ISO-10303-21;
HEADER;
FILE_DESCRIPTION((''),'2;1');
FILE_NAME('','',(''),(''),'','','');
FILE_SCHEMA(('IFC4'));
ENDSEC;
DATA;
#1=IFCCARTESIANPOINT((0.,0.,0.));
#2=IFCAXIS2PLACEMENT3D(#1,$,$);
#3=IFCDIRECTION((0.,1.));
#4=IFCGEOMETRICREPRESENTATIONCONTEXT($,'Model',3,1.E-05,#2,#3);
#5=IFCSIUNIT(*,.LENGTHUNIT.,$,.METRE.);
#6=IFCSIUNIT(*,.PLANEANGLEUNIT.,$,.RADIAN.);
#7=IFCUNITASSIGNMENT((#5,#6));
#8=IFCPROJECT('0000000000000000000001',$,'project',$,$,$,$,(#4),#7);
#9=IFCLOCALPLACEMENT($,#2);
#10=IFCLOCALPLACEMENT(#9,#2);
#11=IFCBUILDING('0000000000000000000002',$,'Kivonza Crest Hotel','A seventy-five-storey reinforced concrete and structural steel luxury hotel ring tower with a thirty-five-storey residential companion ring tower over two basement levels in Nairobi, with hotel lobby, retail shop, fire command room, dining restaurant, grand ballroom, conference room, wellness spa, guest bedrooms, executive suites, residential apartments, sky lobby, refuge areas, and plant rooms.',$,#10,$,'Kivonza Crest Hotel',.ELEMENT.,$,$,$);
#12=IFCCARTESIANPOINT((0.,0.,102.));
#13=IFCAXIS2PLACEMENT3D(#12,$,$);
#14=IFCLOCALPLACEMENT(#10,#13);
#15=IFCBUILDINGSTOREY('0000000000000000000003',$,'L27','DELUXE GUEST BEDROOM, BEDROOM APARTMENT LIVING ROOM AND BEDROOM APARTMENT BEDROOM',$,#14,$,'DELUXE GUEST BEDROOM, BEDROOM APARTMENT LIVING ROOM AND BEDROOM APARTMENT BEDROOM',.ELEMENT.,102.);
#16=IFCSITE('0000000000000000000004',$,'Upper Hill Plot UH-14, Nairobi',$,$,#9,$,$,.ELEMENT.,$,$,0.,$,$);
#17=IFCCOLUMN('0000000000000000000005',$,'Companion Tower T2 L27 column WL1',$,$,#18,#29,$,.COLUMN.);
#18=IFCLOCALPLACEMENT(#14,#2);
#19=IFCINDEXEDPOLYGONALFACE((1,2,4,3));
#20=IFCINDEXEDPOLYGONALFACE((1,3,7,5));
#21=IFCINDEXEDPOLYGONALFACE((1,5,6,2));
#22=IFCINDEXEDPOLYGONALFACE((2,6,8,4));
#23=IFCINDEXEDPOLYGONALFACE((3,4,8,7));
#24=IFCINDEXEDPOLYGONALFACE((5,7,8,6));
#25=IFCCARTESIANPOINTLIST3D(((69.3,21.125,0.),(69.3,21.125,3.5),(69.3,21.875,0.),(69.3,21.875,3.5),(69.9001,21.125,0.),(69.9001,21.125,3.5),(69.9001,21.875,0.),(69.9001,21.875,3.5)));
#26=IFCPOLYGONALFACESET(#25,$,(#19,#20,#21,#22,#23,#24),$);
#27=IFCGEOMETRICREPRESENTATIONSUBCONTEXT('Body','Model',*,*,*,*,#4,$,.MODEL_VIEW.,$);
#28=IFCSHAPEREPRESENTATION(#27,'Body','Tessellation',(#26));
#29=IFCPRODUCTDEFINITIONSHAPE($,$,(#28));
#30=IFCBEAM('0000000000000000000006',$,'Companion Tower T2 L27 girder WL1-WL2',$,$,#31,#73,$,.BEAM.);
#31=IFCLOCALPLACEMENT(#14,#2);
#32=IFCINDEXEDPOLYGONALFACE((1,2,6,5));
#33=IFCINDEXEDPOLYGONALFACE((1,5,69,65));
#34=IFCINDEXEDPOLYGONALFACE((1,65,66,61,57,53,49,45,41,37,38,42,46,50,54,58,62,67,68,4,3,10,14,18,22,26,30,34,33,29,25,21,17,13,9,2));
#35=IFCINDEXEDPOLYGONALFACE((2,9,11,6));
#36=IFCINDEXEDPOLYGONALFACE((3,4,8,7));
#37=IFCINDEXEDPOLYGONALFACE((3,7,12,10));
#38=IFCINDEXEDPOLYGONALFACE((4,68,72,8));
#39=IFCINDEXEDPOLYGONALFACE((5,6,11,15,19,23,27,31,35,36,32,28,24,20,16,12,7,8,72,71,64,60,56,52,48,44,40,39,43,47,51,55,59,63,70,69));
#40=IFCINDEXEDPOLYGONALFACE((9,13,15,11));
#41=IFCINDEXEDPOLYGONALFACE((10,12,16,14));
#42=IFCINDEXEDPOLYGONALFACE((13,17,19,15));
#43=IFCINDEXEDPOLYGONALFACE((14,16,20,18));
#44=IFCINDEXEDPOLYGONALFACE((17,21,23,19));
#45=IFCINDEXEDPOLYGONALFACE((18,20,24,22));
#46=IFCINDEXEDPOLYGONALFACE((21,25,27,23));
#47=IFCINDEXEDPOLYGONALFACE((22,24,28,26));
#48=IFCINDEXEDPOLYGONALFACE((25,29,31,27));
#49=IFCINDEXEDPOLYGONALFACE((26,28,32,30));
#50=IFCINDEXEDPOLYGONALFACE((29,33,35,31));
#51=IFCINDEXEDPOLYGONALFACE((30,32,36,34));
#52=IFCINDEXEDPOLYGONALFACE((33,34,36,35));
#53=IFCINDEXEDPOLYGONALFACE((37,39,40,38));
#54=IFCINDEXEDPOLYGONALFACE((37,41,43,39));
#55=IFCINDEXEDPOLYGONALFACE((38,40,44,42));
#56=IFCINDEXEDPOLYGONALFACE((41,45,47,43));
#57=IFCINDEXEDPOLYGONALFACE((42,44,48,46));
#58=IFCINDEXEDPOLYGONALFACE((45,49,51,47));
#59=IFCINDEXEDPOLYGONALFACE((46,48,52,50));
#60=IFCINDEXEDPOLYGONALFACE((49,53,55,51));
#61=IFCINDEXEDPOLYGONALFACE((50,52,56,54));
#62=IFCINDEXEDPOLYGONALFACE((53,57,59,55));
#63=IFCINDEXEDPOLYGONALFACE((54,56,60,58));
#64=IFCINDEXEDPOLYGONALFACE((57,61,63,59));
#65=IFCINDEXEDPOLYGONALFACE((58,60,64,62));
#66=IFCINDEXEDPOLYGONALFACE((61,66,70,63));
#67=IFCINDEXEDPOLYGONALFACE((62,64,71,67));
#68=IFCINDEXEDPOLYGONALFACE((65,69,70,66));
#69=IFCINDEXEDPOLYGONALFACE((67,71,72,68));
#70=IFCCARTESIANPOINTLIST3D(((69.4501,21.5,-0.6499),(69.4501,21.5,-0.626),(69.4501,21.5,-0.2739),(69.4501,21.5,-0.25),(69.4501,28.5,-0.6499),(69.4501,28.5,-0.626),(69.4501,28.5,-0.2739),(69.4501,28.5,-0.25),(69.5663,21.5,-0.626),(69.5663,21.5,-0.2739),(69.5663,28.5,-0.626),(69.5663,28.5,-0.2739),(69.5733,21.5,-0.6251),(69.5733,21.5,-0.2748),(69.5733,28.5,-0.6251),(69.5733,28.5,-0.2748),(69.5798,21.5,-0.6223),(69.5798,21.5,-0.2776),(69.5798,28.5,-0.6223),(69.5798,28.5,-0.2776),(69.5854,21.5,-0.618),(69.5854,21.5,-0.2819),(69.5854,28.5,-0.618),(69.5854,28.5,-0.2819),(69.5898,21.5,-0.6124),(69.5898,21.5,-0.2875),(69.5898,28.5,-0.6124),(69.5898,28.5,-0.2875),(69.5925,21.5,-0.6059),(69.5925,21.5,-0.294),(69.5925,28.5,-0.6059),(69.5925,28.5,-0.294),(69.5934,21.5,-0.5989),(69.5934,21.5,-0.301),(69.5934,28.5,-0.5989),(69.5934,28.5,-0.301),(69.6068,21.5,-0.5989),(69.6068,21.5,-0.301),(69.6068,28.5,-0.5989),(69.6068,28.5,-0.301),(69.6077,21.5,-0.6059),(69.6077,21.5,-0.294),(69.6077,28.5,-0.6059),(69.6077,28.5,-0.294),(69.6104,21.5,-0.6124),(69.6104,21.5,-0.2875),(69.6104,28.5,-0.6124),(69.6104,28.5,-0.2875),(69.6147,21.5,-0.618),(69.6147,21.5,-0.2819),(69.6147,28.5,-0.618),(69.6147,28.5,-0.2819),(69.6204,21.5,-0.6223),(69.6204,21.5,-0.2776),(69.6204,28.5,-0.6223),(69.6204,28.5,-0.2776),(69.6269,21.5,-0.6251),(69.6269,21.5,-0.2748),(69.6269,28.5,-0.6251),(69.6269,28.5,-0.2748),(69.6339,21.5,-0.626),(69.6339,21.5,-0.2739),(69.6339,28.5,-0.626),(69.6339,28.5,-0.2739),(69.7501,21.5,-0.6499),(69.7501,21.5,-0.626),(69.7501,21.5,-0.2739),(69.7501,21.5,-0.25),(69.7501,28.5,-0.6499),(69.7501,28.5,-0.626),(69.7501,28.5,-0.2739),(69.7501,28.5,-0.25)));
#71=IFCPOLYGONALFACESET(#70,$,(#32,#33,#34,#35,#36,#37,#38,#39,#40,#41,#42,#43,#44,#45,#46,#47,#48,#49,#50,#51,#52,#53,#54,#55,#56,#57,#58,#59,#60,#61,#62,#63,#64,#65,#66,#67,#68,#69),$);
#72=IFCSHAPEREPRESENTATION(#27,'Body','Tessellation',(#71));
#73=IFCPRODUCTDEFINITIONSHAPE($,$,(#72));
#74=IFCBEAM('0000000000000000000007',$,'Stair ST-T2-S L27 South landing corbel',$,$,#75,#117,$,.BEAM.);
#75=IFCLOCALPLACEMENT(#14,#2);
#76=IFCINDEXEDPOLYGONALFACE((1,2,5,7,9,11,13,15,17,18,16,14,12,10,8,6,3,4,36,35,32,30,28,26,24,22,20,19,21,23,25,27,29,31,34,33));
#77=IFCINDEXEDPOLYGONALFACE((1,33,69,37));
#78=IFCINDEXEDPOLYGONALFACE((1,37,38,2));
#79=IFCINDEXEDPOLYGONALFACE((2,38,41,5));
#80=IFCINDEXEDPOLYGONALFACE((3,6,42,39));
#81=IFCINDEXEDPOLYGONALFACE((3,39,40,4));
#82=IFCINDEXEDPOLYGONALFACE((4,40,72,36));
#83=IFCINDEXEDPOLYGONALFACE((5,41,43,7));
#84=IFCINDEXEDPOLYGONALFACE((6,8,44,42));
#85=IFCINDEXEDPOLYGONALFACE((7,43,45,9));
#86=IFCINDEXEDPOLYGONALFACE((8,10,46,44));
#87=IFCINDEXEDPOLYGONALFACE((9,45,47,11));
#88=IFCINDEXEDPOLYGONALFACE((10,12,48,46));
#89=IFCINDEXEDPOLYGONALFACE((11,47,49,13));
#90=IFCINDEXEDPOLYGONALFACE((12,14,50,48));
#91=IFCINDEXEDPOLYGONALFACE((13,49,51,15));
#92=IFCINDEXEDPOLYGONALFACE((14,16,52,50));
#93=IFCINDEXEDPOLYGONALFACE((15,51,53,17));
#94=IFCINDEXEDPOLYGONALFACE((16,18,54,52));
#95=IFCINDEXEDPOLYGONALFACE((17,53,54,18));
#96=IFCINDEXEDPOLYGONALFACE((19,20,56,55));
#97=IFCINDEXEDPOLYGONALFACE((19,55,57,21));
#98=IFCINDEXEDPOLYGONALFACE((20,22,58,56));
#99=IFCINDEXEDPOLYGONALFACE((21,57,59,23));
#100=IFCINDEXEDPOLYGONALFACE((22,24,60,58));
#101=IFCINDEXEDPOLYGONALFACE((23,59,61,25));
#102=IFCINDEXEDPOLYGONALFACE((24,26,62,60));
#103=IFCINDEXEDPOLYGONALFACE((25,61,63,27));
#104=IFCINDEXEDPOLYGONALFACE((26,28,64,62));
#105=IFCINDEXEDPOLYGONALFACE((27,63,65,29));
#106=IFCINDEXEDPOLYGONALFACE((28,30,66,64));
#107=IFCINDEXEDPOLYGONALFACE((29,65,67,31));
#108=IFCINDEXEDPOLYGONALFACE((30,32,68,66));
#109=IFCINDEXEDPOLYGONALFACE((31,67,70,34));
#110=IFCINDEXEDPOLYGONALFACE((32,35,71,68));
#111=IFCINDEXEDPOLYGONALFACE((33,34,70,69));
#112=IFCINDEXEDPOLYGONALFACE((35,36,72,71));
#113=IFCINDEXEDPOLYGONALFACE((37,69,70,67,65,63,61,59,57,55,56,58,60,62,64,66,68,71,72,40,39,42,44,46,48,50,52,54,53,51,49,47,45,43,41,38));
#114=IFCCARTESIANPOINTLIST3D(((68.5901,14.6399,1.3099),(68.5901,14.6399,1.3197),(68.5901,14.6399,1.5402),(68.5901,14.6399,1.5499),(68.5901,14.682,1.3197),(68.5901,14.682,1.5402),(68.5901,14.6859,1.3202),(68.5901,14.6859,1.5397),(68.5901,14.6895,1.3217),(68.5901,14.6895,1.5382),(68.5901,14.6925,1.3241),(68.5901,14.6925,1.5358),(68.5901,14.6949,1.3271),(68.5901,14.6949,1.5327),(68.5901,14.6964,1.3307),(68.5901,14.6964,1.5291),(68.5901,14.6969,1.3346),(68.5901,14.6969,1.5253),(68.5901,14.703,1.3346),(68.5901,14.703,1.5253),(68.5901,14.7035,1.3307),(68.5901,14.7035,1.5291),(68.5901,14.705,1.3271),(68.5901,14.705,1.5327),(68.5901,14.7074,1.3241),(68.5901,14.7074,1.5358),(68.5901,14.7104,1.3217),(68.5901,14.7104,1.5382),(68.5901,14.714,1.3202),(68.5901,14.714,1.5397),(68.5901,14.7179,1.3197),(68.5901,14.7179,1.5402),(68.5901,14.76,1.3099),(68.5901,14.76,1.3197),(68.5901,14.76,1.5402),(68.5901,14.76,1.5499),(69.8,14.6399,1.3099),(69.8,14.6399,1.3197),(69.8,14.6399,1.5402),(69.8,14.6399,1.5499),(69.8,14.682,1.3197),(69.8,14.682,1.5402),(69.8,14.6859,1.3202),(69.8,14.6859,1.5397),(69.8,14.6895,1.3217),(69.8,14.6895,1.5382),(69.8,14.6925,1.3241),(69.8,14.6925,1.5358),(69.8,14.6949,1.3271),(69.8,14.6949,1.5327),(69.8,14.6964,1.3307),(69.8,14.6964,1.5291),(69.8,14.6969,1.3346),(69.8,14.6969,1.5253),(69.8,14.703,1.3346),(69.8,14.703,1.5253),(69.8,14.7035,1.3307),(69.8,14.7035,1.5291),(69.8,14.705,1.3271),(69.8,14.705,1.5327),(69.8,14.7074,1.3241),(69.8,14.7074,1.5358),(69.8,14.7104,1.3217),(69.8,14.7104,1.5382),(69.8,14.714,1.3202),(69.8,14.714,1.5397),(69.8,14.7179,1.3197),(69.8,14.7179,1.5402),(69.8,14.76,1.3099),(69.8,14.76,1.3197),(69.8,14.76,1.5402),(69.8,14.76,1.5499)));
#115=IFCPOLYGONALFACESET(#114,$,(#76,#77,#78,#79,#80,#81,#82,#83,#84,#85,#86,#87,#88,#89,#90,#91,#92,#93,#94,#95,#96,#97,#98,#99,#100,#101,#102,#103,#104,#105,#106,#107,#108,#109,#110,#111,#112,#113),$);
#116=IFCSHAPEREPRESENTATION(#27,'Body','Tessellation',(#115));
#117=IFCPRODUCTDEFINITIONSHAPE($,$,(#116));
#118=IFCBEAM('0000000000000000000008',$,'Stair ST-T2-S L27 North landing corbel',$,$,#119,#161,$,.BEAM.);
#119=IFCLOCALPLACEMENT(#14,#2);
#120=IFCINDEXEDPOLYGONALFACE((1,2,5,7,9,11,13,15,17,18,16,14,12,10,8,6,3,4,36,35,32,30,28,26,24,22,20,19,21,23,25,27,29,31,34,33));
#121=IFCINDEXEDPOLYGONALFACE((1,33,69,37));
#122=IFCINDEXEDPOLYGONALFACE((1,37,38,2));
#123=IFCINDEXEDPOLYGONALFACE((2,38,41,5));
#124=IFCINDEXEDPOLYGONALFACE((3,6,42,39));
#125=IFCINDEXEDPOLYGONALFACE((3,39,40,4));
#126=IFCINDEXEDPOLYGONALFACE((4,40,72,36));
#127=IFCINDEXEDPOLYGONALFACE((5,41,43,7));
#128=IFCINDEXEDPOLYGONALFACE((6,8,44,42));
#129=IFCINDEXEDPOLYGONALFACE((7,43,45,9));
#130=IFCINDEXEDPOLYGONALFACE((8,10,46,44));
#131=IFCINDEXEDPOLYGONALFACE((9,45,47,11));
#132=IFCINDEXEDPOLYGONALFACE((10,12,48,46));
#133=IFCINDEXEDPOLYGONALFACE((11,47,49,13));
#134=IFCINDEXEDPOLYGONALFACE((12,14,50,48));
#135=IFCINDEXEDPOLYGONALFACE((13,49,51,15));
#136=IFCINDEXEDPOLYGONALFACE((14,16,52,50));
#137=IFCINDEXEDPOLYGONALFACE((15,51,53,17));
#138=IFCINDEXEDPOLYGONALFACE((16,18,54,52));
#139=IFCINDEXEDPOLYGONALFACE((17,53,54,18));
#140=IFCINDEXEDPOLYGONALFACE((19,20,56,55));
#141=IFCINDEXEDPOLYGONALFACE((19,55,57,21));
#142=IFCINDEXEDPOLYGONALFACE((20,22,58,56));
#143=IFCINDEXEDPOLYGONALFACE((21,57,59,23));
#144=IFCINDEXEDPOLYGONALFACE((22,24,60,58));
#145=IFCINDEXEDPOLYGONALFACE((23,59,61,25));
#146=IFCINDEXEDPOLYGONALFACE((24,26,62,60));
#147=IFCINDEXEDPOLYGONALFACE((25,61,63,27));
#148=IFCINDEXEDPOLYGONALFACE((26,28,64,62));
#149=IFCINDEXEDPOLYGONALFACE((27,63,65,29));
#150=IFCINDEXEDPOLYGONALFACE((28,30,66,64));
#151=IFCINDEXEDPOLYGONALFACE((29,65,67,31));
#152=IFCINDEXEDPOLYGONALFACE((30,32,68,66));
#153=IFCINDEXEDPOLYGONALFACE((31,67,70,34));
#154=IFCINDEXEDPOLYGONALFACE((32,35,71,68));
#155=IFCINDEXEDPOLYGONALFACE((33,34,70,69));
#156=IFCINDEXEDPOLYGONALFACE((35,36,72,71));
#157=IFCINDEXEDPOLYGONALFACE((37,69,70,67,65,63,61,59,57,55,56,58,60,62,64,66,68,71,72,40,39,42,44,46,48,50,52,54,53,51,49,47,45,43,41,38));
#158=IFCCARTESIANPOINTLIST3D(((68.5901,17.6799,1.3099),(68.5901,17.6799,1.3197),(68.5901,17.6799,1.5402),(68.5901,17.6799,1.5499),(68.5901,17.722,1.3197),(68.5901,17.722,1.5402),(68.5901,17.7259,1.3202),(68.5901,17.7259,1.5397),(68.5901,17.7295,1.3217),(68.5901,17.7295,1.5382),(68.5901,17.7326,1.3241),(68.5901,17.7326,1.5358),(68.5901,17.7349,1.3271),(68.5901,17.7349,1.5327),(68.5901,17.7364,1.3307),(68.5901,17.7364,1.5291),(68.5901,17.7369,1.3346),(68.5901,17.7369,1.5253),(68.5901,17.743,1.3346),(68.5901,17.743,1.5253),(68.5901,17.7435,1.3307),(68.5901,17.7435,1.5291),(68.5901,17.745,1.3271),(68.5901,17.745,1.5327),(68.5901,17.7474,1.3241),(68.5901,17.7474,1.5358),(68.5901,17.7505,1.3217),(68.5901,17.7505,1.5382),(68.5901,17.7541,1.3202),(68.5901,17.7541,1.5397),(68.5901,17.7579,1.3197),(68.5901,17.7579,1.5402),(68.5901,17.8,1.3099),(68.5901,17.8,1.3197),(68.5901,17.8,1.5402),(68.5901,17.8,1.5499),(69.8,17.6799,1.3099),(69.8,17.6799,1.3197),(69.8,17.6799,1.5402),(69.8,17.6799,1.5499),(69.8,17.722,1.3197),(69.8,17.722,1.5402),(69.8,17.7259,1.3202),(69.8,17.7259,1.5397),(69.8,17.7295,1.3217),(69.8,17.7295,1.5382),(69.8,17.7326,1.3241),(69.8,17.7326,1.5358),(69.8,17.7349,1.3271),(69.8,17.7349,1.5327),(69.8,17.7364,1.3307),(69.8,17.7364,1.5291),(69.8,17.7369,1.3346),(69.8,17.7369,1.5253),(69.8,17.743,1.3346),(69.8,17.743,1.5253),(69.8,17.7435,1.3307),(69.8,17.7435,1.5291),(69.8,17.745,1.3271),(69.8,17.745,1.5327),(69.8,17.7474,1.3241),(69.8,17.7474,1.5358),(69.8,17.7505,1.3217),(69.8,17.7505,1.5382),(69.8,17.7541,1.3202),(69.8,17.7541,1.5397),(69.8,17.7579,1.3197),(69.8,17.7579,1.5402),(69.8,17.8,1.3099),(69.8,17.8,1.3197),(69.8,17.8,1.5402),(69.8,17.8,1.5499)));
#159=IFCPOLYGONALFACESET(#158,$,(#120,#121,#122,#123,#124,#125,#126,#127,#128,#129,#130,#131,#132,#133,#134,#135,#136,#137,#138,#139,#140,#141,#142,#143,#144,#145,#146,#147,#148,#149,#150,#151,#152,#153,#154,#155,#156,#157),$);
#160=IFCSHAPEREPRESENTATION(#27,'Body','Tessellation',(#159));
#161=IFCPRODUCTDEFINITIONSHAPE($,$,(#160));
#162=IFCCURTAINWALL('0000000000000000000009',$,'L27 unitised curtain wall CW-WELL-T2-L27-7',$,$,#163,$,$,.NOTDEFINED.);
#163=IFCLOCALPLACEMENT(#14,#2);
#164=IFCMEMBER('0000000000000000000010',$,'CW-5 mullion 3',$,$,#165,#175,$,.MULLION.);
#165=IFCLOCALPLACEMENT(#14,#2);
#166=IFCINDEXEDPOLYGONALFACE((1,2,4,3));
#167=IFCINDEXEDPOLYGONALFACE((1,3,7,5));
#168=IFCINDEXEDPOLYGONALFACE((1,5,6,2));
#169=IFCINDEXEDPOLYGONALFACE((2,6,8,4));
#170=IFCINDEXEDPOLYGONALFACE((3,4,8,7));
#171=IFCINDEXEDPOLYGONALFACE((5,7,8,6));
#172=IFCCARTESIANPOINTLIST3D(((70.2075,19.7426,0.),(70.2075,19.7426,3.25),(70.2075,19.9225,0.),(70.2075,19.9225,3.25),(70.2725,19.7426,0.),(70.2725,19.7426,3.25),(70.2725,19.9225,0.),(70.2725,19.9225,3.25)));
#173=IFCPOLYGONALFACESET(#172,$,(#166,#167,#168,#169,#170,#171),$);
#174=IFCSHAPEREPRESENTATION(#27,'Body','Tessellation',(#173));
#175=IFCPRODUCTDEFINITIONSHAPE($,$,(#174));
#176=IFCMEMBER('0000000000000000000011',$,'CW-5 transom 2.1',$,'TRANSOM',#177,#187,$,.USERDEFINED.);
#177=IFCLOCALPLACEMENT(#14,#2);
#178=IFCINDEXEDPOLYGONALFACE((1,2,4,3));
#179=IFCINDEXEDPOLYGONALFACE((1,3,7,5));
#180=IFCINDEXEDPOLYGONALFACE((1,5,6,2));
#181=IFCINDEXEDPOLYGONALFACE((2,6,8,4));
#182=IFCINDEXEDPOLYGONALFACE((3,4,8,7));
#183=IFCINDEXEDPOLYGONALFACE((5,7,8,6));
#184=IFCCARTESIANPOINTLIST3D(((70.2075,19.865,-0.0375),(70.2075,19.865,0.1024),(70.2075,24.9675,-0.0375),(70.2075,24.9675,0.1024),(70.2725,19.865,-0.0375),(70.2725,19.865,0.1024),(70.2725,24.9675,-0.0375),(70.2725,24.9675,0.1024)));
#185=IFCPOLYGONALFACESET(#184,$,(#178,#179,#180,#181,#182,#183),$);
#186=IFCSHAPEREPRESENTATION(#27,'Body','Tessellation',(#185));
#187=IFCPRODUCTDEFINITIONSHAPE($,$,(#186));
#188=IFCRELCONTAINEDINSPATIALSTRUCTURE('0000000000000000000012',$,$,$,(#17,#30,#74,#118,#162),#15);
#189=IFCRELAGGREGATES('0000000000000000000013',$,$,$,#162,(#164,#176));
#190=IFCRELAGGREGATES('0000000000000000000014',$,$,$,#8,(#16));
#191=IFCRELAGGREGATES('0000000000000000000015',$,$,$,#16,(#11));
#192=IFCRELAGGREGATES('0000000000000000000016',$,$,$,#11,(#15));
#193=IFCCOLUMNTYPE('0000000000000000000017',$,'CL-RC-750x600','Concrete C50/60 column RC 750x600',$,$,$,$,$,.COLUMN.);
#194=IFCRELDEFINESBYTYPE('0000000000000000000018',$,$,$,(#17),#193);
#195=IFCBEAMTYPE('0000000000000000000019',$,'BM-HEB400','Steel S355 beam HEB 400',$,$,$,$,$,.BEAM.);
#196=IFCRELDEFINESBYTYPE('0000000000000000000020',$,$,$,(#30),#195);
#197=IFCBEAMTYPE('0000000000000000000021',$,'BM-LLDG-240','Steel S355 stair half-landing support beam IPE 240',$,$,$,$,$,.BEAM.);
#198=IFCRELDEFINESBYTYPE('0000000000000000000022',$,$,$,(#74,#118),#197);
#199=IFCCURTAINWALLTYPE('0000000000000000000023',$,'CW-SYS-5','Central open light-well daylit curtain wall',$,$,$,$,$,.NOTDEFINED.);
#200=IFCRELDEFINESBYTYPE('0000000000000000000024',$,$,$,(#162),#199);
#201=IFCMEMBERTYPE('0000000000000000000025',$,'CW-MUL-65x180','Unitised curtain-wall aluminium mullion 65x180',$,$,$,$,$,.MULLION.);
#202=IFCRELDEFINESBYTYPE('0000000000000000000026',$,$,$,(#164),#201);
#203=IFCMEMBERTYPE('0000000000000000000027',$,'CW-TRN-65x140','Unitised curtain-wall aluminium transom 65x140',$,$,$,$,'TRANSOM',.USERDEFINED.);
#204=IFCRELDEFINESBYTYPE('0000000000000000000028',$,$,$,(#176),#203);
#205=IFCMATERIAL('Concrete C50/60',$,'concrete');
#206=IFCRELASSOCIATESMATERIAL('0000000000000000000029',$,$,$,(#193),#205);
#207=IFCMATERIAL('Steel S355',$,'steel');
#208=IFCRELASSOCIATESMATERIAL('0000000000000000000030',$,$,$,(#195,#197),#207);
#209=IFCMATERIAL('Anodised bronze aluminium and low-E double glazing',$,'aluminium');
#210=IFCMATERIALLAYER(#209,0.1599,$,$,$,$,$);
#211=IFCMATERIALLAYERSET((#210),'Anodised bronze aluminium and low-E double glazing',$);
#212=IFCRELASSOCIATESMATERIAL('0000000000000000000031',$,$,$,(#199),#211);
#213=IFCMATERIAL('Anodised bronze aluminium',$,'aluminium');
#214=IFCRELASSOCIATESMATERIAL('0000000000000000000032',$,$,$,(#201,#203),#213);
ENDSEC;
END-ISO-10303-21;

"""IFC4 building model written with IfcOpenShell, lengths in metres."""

from ifc_helpers import new_model, si_unit, direction, frame, origin, origin_2d, place, context, subcontext, project, spatial, rectangle, i_section, extrude, material, layer, layer_set, material_profile, profile_set, type_object, element, aggregate, save


model = new_model("IFC4")

# Units and contexts
model_context = context("Model", 3, precision=1e-05, world=origin(), true_north=direction((0.0, 1.0)))
body_context = subcontext(model_context, "Body", "Model", "MODEL_VIEW")
ifc_project = project(units=[si_unit("LENGTHUNIT", "METRE"), si_unit("PLANEANGLEUNIT", "RADIAN")], contexts=[model_context])

# Site, building, storey
site_placement = place(None, origin())
site = spatial("IfcSite", under=ifc_project, at=site_placement, Name="Upper Hill Plot UH-14, Nairobi", CompositionType="ELEMENT", RefElevation=0.0)
building_placement = place(site_placement, origin())
building = spatial("IfcBuilding", under=site, at=building_placement, Name="Kivonza Crest Hotel", Description="A seventy-five-storey reinforced concrete and structural steel luxury hotel ring tower with a thirty-five-storey residential companion ring tower over two basement levels in Nairobi, with hotel lobby, retail shop, fire command room, dining restaurant, grand ballroom, conference room, wellness spa, guest bedrooms, executive suites, residential apartments, sky lobby, refuge areas, and plant rooms.", LongName="Kivonza Crest Hotel", CompositionType="ELEMENT")
storey_placement = place(building_placement, frame((0.0, 0.0, 102.0)))
storey = spatial("IfcBuildingStorey", under=building, at=storey_placement, Name="L27", Description="DELUXE GUEST BEDROOM, BEDROOM APARTMENT LIVING ROOM AND BEDROOM APARTMENT BEDROOM", LongName="DELUXE GUEST BEDROOM, BEDROOM APARTMENT LIVING ROOM AND BEDROOM APARTMENT BEDROOM", CompositionType="ELEMENT", Elevation=102.0)

# Column
ifc_material_1 = material(Name="Concrete C50/60", Category="concrete")
ifc_material_profile_1 = material_profile(ifc_material_1, rectangle(XDim=0.6001, YDim=0.75, at=origin_2d()), Name="RC 750x600")
ifc_profile_set_1 = profile_set([ifc_material_profile_1], Name="Concrete C50/60")
column_type = type_object("IfcColumnType", Name="CL-RC-750x600", Description="Concrete C50/60 column RC 750x600", PredefinedType="COLUMN", material=ifc_profile_set_1)
column_placement = place(storey_placement, frame((69.6001, 21.5, 0.0), z_axis=(0.0, 0.0, 1.0), x_axis=(1.0, 0.0, 0.0)))
element("IfcColumn", 1, at=column_placement, inside=storey, type_object=column_type, Name="Companion Tower T2 L27 column WL1", PredefinedType="COLUMN", context=body_context, shape_type="SweptSolid", body=[
    extrude(rectangle(XDim=0.6001, YDim=0.75, at=origin_2d()), origin(), (0.0, 0.0, 1.0), 3.5),
])

# Beams
ifc_material_2 = material(Name="Steel S355", Category="steel")
ifc_material_profile_2 = material_profile(ifc_material_2, i_section(OverallWidth=0.3, OverallDepth=0.3999, WebThickness=0.0134, FlangeThickness=0.0239, FilletRadius=0.0271, at=origin_2d()), Name="HEB 400")
ifc_profile_set_2 = profile_set([ifc_material_profile_2], Name="Steel S355")
beam_type_1 = type_object("IfcBeamType", Name="BM-HEB400", Description="Steel S355 beam HEB 400", PredefinedType="BEAM", material=ifc_profile_set_2)
beam_placement = place(storey_placement, frame((69.6001, 21.5, -0.45), z_axis=(0.0, 1.0, 0.0), x_axis=(-1.0, 0.0, 0.0)))
element("IfcBeam", 2, at=beam_placement, inside=storey, type_object=beam_type_1, Name="Companion Tower T2 L27 girder WL1-WL2", PredefinedType="BEAM", context=body_context, shape_type="SweptSolid", body=[
    extrude(i_section(OverallWidth=0.3, OverallDepth=0.3999, WebThickness=0.0134, FlangeThickness=0.0239, FilletRadius=0.0271, at=origin_2d()), origin(), (0.0, 0.0, 1.0), 7.0),
])
ifc_material_profile_3 = material_profile(ifc_material_2, i_section(OverallWidth=0.1201, OverallDepth=0.24, WebThickness=0.0061, FlangeThickness=0.0098, FilletRadius=0.0149, at=origin_2d()), Name="IPE 240")
ifc_profile_set_3 = profile_set([ifc_material_profile_3], Name="Steel S355")
beam_type_2 = type_object("IfcBeamType", Name="BM-LLDG-240", Description="Steel S355 stair half-landing support beam IPE 240", PredefinedType="BEAM", material=ifc_profile_set_3)
for number, where, z_axis, x_axis, name in (
    (3, (68.5901, 14.7, 1.4299), (1.0, 0.0, 0.0), (0.0, 1.0, 0.0), "Stair ST-T2-S L27 South landing corbel"),
    (4, (68.5901, 17.74, 1.4299), (1.0, 0.0, 0.0), (0.0, 1.0, 0.0), "Stair ST-T2-S L27 North landing corbel"),
):
    element("IfcBeam", number, at=place(storey_placement, frame(where, z_axis=z_axis, x_axis=x_axis)), inside=storey, type_object=beam_type_2, Name=name, PredefinedType="BEAM", context=body_context, shape_type="SweptSolid", body=[
        extrude(i_section(OverallWidth=0.1201, OverallDepth=0.24, WebThickness=0.0061, FlangeThickness=0.0098, FilletRadius=0.0149, at=origin_2d()), origin(), (0.0, 0.0, 1.0), 1.21),
    ])

# Curtain wall, members
ifc_material_3 = material(Name="Anodised bronze aluminium and low-E double glazing", Category="aluminium")
ifc_layer_1 = layer(ifc_material_3, 0.1599)
ifc_layer_set_1 = layer_set([ifc_layer_1], Name="Anodised bronze aluminium and low-E double glazing")
curtain_wall_type = type_object("IfcCurtainWallType", Name="CW-SYS-5", Description="Central open light-well daylit curtain wall", PredefinedType="NOTDEFINED", material=ifc_layer_set_1)
curtain_wall_placement = place(storey_placement, origin())
curtain_wall = element("IfcCurtainWall", 5, at=curtain_wall_placement, inside=storey, type_object=curtain_wall_type, Name="L27 unitised curtain wall CW-WELL-T2-L27-7", PredefinedType="NOTDEFINED")
ifc_material_4 = material(Name="Anodised bronze aluminium", Category="aluminium")
ifc_material_profile_4 = material_profile(ifc_material_4, rectangle(XDim=0.0649, YDim=0.1799, at=origin_2d()), Name="CW-M 65x180")
ifc_profile_set_4 = profile_set([ifc_material_profile_4], Name="Anodised bronze aluminium")
member_type_1 = type_object("IfcMemberType", Name="CW-MUL-65x180", Description="Unitised curtain-wall aluminium mullion 65x180", PredefinedType="MULLION", material=ifc_profile_set_4)
member_1_placement = place(storey_placement, frame((70.24, 19.8325, 0.0), z_axis=(0.0, 0.0, 1.0), x_axis=(1.0, 0.0, 0.0)))
member_1 = element("IfcMember", 6, at=member_1_placement, type_object=member_type_1, Name="CW-5 mullion 3", PredefinedType="MULLION", context=body_context, shape_type="SweptSolid", body=[
    extrude(rectangle(XDim=0.0649, YDim=0.1799, at=origin_2d()), origin(), (0.0, 0.0, 1.0), 3.25),
])
ifc_material_profile_5 = material_profile(ifc_material_4, rectangle(XDim=0.0649, YDim=0.1399, at=origin_2d()), Name="CW-T 65x140")
ifc_profile_set_5 = profile_set([ifc_material_profile_5], Name="Anodised bronze aluminium")
member_type_2 = type_object("IfcMemberType", Name="CW-TRN-65x140", Description="Unitised curtain-wall aluminium transom 65x140", ElementType="TRANSOM", PredefinedType="USERDEFINED", material=ifc_profile_set_5)
member_2_placement = place(storey_placement, frame((70.24, 24.9675, 0.0325), z_axis=(0.0, -1.0, 0.0), x_axis=(1.0, 0.0, 0.0)))
member_2 = element("IfcMember", 7, at=member_2_placement, type_object=member_type_2, Name="CW-5 transom 2.1", ObjectType="TRANSOM", PredefinedType="USERDEFINED", context=body_context, shape_type="SweptSolid", body=[
    extrude(rectangle(XDim=0.0649, YDim=0.1399, at=origin_2d()), origin(), (0.0, 0.0, 1.0), 5.1025),
])
aggregate(curtain_wall, [member_1, member_2])

save(model, "model.ifc")
